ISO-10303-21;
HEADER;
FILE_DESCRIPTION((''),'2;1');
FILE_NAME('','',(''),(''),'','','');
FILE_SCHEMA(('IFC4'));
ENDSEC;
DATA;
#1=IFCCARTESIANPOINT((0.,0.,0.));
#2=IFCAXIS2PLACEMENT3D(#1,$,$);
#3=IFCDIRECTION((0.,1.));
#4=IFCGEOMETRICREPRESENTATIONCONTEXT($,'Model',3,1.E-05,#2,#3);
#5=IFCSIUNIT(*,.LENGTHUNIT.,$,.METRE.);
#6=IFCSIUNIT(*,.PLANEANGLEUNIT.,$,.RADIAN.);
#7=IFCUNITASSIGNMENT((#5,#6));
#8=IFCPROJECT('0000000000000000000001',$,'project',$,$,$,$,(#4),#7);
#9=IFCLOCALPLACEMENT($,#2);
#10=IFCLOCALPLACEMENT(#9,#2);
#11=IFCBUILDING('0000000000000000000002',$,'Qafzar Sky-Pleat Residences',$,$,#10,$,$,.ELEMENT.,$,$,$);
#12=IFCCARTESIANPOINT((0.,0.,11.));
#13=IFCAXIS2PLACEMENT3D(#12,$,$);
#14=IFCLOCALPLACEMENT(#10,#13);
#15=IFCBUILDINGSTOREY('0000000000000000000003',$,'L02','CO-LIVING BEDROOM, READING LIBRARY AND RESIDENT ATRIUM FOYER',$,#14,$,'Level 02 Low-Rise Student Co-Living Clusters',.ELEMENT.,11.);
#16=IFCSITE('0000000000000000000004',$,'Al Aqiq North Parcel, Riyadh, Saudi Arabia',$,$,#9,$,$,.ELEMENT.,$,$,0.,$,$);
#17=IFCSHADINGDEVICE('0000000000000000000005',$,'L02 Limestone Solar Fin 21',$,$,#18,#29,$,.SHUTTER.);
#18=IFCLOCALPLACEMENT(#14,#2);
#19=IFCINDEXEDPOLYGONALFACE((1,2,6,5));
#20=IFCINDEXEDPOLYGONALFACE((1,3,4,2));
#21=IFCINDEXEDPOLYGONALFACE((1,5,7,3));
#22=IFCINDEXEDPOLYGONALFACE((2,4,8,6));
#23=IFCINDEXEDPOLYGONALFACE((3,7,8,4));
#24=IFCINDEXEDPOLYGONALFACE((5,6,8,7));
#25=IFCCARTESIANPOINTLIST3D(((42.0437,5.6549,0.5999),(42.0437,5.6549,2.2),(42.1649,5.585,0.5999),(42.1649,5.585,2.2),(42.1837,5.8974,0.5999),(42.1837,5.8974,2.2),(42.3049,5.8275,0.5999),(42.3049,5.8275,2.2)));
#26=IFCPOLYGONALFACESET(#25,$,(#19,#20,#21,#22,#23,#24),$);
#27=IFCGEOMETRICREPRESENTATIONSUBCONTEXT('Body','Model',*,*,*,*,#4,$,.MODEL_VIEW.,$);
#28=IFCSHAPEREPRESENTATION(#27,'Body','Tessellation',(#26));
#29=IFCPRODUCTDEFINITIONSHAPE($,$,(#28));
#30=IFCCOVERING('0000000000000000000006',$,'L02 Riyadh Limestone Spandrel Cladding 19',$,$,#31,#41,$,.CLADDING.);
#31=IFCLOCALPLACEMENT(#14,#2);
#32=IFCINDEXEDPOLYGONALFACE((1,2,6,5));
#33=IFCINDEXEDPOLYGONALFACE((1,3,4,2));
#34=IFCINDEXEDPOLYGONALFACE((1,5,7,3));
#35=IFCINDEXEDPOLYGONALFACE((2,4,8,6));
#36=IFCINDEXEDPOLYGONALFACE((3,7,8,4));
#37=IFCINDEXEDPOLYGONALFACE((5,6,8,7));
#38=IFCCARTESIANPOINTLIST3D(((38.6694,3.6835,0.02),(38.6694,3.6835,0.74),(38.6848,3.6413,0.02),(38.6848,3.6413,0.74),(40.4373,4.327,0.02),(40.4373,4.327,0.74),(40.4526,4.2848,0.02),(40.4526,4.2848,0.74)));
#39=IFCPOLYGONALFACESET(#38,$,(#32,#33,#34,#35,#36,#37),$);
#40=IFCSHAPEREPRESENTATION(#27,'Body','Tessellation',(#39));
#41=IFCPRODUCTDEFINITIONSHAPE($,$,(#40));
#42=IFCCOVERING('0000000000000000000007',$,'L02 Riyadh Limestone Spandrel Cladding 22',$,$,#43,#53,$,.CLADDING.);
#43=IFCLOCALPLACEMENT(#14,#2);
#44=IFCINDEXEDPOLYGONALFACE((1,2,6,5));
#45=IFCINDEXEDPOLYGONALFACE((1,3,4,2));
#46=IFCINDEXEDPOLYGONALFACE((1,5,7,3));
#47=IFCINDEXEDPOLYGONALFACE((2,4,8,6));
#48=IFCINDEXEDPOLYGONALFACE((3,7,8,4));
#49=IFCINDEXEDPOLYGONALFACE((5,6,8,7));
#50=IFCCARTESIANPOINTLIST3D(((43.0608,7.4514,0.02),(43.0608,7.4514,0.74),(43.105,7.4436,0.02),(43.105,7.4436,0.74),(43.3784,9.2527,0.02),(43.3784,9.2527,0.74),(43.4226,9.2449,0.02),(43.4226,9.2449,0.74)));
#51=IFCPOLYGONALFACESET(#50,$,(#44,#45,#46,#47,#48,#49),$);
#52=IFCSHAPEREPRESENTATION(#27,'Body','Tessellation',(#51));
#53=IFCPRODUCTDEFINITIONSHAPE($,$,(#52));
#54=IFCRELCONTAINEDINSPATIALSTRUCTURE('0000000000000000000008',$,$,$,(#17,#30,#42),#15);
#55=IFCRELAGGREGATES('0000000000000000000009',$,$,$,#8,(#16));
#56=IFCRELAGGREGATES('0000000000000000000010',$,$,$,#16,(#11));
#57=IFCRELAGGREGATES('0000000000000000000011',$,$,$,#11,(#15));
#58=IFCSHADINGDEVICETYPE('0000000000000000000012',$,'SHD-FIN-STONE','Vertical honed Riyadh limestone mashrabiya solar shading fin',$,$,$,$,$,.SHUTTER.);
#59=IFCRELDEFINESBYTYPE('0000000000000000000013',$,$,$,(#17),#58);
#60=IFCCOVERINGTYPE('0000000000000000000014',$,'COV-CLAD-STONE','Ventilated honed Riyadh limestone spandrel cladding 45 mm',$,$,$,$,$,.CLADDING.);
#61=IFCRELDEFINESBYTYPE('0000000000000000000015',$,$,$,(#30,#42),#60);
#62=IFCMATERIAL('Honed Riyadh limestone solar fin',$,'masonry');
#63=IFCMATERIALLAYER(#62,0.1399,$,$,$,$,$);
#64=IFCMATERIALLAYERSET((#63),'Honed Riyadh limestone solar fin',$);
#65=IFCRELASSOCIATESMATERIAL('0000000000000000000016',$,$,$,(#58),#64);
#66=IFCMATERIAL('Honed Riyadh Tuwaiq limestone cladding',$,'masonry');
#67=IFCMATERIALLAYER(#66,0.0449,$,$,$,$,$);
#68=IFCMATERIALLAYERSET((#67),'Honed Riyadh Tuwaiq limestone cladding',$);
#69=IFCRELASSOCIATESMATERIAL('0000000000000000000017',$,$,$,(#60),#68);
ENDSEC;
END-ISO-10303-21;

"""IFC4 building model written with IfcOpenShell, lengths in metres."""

from ifc_helpers import new_model, si_unit, direction, frame, origin, origin_2d, place, context, subcontext, project, spatial, rectangle, extrude, source, transform, mapped, material, layer, layer_set, type_object, element, save


model = new_model("IFC4")

# Units and contexts
model_context = context("Model", 3, precision=1e-05, world=origin(), true_north=direction((0.0, 1.0)))
body_context = subcontext(model_context, "Body", "Model", "MODEL_VIEW")
ifc_project = project(units=[si_unit("LENGTHUNIT", "METRE"), si_unit("PLANEANGLEUNIT", "RADIAN")], contexts=[model_context])

# Site, building, storey
site_placement = place(None, origin())
site = spatial("IfcSite", under=ifc_project, at=site_placement, Name="Al Aqiq North Parcel, Riyadh, Saudi Arabia", CompositionType="ELEMENT", RefElevation=0.0)
building_placement = place(site_placement, origin())
building = spatial("IfcBuilding", under=site, at=building_placement, Name="Qafzar Sky-Pleat Residences", CompositionType="ELEMENT")
storey_placement = place(building_placement, frame((0.0, 0.0, 11.0)))
storey = spatial("IfcBuildingStorey", under=building, at=storey_placement, Name="L02", Description="CO-LIVING BEDROOM, READING LIBRARY AND RESIDENT ATRIUM FOYER", LongName="Level 02 Low-Rise Student Co-Living Clusters", CompositionType="ELEMENT", Elevation=11.0)

# Shading device
ifc_material_1 = material(Name="Honed Riyadh limestone solar fin", Category="masonry")
ifc_layer_1 = layer(ifc_material_1, 0.1399)
ifc_layer_set_1 = layer_set([ifc_layer_1], Name="Honed Riyadh limestone solar fin")
shading_device_type = type_object("IfcShadingDeviceType", Name="SHD-FIN-STONE", Description="Vertical honed Riyadh limestone mashrabiya solar shading fin", PredefinedType="SHUTTER", material=ifc_layer_set_1)
shared_shape_1 = source(origin(), body_context, "Body", "SweptSolid", [
    extrude(rectangle(XDim=0.1399, YDim=0.28, at=origin_2d()), origin(), (0.0, 0.0, 1.0), 1.6001),
])
shading_device_placement = place(storey_placement, frame((42.1743, 5.7412, 0.5999), z_axis=(0.0, 0.0, 1.0), x_axis=(0.866044, -0.499967, 0.0)))
element("IfcShadingDevice", 1, at=shading_device_placement, inside=storey, type_object=shading_device_type, Name="L02 Limestone Solar Fin 21", PredefinedType="SHUTTER", context=body_context, shape_type="MappedRepresentation", body=[
    mapped(shared_shape_1, transform((0.0, 0.0, 0.0), x_axis=(1.0, 0.0, 0.0), y_axis=(0.0, 1.0, 0.0), z_axis=(0.0, 0.0, 1.0), scale=1.0)),
])

# Coverings
ifc_material_2 = material(Name="Honed Riyadh Tuwaiq limestone cladding", Category="masonry")
ifc_layer_2 = layer(ifc_material_2, 0.0449)
ifc_layer_set_2 = layer_set([ifc_layer_2], Name="Honed Riyadh Tuwaiq limestone cladding")
covering_type = type_object("IfcCoveringType", Name="COV-CLAD-STONE", Description="Ventilated honed Riyadh limestone spandrel cladding 45 mm", PredefinedType="CLADDING", material=ifc_layer_set_2)
shared_shape_2 = source(origin(), body_context, "Body", "SweptSolid", [
    extrude(rectangle(XDim=1.8813, YDim=0.0449, at=origin_2d()), origin(), (0.0, 0.0, 1.0), 0.72),
])
covering_1_placement = place(storey_placement, frame((39.561, 3.9841, 0.02), z_axis=(0.0, 0.0, 1.0), x_axis=(0.939679, 0.342058, 0.0)))
element("IfcCovering", 2, at=covering_1_placement, inside=storey, type_object=covering_type, Name="L02 Riyadh Limestone Spandrel Cladding 19", PredefinedType="CLADDING", context=body_context, shape_type="MappedRepresentation", body=[
    mapped(shared_shape_2, transform((0.0, 0.0, 0.0), x_axis=(1.0, 0.0, 0.0), y_axis=(0.0, 1.0, 0.0), z_axis=(0.0, 0.0, 1.0), scale=1.0)),
])
shared_shape_3 = source(origin(), body_context, "Body", "SweptSolid", [
    extrude(rectangle(XDim=1.8291, YDim=0.0449, at=origin_2d()), origin(), (0.0, 0.0, 1.0), 0.72),
])
covering_2_placement = place(storey_placement, frame((43.2417, 8.3481, 0.02), z_axis=(0.0, 0.0, 1.0), x_axis=(0.173648, 0.984808, 0.0)))
element("IfcCovering", 3, at=covering_2_placement, inside=storey, type_object=covering_type, Name="L02 Riyadh Limestone Spandrel Cladding 22", PredefinedType="CLADDING", context=body_context, shape_type="MappedRepresentation", body=[
    mapped(shared_shape_3, transform((0.0, 0.0, 0.0), x_axis=(1.0, 0.0, 0.0), y_axis=(0.0, 1.0, 0.0), z_axis=(0.0, 0.0, 1.0), scale=1.0)),
])

save(model, "model.ifc")
